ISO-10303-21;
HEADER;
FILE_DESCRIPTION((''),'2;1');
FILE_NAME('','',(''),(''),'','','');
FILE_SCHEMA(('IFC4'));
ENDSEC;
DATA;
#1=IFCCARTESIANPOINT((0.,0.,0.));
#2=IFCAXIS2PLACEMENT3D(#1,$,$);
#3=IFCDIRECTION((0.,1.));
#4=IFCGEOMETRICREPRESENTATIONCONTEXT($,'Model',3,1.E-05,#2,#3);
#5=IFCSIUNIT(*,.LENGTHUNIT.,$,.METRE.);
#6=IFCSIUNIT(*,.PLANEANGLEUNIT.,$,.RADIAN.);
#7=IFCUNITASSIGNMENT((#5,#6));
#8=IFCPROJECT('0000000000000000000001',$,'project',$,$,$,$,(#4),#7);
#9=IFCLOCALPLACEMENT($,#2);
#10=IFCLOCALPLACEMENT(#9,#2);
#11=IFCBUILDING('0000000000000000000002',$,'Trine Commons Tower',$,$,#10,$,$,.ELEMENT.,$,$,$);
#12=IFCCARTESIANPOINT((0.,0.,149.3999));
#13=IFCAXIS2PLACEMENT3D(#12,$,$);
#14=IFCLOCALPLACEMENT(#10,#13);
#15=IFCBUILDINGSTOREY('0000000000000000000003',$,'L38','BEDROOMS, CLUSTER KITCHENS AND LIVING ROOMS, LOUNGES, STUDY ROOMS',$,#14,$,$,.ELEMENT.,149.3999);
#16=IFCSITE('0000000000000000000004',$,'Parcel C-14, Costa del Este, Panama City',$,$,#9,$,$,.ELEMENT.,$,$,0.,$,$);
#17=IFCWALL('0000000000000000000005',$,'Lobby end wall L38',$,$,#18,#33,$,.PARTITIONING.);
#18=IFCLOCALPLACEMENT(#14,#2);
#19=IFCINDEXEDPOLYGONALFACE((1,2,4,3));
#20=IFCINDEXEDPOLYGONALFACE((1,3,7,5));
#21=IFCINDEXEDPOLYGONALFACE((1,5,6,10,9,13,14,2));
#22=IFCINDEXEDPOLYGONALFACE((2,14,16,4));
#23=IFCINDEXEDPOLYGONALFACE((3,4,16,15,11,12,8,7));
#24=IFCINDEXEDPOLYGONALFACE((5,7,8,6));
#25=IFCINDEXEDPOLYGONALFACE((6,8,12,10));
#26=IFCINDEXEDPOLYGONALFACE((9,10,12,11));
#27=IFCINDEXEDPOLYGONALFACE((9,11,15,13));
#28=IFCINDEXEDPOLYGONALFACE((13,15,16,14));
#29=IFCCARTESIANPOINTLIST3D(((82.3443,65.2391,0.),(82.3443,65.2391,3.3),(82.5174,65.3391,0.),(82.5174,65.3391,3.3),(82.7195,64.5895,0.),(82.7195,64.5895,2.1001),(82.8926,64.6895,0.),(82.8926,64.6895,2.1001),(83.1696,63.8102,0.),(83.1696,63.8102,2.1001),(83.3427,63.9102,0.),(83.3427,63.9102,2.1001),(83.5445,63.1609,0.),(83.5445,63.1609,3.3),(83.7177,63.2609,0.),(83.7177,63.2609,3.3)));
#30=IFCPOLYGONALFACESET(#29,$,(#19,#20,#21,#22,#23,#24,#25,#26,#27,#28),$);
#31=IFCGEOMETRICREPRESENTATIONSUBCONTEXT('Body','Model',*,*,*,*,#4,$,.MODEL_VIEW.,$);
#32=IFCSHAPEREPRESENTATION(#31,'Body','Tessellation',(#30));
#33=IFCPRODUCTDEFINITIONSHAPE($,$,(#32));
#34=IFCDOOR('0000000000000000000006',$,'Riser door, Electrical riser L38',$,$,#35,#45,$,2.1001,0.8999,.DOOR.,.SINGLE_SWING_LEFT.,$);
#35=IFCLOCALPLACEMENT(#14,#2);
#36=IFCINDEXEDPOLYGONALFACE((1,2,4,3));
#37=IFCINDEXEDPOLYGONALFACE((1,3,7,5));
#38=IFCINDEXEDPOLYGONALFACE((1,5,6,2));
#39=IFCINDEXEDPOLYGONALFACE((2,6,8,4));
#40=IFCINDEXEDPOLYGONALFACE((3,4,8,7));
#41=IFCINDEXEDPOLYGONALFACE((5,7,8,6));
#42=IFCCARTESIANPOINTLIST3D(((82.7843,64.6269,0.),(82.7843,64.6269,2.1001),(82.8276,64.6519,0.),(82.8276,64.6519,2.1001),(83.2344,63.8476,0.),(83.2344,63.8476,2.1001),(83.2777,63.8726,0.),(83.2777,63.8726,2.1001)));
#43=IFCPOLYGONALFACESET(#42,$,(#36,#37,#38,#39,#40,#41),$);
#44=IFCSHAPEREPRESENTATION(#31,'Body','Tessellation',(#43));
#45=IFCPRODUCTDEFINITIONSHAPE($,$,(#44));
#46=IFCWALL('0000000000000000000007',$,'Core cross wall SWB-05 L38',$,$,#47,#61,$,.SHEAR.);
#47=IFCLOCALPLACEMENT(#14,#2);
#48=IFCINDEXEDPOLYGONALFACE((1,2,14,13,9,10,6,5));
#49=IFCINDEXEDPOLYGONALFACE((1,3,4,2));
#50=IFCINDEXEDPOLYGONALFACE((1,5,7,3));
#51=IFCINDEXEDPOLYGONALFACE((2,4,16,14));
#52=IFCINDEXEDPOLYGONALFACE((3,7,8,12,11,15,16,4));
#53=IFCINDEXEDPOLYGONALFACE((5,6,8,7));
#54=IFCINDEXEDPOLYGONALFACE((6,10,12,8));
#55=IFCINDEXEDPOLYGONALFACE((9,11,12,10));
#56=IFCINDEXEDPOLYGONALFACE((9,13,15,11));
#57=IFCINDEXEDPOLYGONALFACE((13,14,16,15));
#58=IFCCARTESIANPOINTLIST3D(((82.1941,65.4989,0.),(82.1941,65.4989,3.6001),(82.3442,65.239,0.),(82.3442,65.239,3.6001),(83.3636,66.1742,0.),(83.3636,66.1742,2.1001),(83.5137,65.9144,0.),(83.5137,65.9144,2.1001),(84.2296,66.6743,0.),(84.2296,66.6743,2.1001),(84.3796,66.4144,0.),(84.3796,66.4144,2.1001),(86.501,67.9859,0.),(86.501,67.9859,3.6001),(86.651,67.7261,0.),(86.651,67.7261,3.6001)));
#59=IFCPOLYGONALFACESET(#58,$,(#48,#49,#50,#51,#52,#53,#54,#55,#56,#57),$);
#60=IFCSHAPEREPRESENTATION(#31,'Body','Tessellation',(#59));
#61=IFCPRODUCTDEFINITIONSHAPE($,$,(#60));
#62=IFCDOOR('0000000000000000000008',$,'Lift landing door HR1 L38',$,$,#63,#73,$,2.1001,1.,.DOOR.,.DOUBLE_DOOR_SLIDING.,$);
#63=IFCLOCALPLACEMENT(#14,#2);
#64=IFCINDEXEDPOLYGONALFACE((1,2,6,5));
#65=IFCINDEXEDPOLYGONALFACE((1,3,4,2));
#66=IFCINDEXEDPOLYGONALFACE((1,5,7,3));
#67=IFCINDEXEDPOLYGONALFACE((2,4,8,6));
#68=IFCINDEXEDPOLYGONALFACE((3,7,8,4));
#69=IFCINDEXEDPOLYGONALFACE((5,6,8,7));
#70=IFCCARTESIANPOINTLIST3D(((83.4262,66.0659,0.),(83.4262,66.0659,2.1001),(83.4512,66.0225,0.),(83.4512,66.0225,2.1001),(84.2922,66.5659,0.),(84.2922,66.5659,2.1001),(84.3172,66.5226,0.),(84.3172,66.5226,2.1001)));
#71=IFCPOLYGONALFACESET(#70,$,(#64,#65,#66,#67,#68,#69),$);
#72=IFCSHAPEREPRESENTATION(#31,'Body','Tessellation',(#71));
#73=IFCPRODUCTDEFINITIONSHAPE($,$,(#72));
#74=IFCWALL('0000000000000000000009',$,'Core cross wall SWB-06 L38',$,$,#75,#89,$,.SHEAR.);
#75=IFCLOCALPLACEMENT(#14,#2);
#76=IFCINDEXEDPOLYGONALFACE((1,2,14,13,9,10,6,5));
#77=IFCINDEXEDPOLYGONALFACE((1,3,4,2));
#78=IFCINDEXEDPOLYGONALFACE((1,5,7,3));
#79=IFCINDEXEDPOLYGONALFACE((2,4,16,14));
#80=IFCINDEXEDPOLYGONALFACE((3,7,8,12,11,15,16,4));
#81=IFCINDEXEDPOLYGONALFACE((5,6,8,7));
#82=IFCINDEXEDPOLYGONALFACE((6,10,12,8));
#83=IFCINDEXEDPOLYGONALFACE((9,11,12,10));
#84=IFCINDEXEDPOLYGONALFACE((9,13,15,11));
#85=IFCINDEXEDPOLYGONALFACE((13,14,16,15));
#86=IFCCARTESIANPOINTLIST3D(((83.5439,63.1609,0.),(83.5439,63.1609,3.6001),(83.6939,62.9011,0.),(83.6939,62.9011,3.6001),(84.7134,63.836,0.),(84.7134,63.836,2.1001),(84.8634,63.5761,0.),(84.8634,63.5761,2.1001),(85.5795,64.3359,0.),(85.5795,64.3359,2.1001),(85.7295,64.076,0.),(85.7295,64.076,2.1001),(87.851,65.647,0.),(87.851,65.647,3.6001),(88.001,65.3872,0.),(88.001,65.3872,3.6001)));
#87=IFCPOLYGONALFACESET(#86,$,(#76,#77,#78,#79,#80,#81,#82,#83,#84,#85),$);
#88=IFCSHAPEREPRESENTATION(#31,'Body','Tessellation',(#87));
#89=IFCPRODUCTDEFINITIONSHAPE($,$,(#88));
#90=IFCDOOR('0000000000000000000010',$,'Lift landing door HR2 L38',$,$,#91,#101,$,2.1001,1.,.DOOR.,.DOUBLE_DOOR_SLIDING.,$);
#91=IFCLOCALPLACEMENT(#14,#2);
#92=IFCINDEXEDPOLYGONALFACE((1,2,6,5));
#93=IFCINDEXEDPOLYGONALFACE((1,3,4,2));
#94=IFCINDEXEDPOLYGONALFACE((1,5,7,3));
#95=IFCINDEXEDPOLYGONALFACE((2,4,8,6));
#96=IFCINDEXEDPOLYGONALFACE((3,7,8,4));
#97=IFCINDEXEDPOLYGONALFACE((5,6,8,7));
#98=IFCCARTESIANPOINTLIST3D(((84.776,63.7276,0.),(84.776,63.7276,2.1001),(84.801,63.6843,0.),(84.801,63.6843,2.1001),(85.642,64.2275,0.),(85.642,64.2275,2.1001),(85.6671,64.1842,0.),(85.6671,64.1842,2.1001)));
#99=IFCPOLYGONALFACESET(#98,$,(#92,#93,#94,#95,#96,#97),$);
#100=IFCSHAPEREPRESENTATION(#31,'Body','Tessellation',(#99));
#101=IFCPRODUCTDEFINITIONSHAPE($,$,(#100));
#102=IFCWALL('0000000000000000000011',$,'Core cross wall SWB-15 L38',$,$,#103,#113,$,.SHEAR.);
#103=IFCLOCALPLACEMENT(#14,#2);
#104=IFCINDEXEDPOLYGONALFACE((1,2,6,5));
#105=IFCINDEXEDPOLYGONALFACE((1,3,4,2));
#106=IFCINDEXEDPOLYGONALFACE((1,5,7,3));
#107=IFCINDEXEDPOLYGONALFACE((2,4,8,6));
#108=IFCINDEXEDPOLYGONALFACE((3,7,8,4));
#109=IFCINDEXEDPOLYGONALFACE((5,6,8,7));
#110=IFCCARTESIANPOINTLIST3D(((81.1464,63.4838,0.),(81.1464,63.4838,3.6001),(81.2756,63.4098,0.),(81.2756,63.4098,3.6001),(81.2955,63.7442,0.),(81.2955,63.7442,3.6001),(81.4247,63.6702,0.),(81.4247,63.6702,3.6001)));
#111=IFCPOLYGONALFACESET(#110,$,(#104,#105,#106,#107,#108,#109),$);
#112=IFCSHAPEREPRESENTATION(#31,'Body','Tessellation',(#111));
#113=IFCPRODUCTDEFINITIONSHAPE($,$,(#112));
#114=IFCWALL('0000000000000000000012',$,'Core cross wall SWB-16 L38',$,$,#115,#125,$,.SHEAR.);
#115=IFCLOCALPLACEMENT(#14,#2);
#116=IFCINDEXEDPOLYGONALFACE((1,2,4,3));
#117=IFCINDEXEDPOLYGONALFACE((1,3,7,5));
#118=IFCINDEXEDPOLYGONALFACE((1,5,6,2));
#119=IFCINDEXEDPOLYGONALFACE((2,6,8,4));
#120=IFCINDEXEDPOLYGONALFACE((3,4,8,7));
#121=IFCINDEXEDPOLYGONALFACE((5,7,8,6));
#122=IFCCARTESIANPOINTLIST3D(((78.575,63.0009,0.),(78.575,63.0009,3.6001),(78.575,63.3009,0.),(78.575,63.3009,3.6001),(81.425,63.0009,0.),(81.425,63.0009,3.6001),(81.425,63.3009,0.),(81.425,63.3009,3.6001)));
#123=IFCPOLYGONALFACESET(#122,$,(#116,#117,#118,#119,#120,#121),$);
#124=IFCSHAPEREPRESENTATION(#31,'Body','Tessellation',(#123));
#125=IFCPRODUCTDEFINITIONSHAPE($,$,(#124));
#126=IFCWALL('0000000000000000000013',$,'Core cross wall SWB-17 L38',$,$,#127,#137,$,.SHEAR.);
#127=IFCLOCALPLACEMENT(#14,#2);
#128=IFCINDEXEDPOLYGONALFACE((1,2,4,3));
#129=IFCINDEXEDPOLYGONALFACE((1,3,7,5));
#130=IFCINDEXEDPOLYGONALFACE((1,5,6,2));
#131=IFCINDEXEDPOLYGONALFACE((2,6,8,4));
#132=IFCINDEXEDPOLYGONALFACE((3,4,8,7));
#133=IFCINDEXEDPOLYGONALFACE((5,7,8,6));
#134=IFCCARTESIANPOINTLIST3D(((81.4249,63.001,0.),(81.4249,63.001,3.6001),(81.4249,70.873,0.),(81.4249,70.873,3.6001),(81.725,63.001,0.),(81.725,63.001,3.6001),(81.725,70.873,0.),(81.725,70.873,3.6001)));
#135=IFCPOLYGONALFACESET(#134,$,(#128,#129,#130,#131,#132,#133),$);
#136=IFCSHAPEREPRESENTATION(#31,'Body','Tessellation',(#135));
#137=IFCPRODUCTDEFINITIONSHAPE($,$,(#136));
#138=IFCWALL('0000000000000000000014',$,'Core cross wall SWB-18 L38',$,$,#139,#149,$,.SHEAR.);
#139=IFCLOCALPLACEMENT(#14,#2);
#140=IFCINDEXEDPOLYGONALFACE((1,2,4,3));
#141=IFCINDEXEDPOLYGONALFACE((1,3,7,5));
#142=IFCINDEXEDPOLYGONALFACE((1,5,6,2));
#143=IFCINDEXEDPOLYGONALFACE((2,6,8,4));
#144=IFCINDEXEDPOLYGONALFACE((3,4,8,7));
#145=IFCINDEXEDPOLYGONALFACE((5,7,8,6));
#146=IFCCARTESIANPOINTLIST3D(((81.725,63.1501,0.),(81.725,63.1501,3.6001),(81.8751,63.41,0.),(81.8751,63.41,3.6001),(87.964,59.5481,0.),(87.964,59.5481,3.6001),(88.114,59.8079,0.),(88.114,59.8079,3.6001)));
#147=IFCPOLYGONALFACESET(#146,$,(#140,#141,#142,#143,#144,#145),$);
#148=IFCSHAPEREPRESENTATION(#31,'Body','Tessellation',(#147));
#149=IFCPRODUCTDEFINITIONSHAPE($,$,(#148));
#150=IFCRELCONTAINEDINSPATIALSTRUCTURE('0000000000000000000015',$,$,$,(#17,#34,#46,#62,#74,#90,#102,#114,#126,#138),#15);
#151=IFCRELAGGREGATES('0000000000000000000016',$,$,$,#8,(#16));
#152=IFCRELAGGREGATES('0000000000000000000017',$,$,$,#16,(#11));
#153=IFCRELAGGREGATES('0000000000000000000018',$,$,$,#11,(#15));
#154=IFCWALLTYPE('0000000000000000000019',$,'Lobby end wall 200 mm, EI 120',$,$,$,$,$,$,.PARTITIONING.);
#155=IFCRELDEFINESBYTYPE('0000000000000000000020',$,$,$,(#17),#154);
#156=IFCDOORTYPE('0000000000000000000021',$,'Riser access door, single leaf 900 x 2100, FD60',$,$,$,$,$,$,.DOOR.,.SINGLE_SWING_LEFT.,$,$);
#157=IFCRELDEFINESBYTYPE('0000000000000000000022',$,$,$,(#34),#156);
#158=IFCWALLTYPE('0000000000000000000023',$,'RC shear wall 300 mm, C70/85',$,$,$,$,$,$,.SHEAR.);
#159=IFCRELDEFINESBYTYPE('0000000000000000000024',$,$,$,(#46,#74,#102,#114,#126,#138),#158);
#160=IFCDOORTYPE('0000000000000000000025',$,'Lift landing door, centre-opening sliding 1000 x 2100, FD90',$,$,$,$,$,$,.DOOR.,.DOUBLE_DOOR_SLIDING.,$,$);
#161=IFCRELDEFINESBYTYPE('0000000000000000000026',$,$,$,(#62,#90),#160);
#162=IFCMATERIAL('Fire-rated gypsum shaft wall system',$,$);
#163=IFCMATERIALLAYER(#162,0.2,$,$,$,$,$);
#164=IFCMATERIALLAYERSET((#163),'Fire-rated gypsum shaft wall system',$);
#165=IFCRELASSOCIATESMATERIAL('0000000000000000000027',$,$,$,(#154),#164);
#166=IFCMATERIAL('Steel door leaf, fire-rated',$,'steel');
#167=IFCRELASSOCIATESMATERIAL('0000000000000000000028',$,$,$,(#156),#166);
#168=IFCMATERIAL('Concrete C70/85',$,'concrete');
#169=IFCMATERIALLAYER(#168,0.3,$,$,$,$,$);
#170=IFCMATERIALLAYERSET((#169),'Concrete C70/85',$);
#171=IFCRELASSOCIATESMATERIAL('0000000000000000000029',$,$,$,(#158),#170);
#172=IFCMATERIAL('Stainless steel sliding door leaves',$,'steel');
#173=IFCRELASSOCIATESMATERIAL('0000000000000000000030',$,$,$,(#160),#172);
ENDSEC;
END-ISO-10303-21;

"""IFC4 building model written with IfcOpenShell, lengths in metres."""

from ifc_helpers import new_model, si_unit, direction, frame, frame_2d, origin, place, context, subcontext, project, spatial, rectangle, extrude, material, layer, layer_set, type_object, element, fill, save


model = new_model("IFC4")

# Units and contexts
model_context = context("Model", 3, precision=1e-05, world=origin(), true_north=direction((0.0, 1.0)))
body_context = subcontext(model_context, "Body", "Model", "MODEL_VIEW")
ifc_project = project(units=[si_unit("LENGTHUNIT", "METRE"), si_unit("PLANEANGLEUNIT", "RADIAN")], contexts=[model_context])

# Site, building, storey
site_placement = place(None, origin())
site = spatial("IfcSite", under=ifc_project, at=site_placement, Name="Parcel C-14, Costa del Este, Panama City", CompositionType="ELEMENT", RefElevation=0.0)
building_placement = place(site_placement, origin())
building = spatial("IfcBuilding", under=site, at=building_placement, Name="Trine Commons Tower", CompositionType="ELEMENT")
storey_placement = place(building_placement, frame((0.0, 0.0, 149.3999)))
storey = spatial("IfcBuildingStorey", under=building, at=storey_placement, Name="L38", Description="BEDROOMS, CLUSTER KITCHENS AND LIVING ROOMS, LOUNGES, STUDY ROOMS", CompositionType="ELEMENT", Elevation=149.3999)

# Walls, openings, doors
ifc_material_1 = material(Name="Fire-rated gypsum shaft wall system")
ifc_layer_1 = layer(ifc_material_1, 0.2)
ifc_layer_set_1 = layer_set([ifc_layer_1], Name="Fire-rated gypsum shaft wall system")
wall_type_1 = type_object("IfcWallType", Name="Lobby end wall 200 mm, EI 120", PredefinedType="PARTITIONING", material=ifc_layer_set_1)
wall_1_placement = place(storey_placement, frame((83.6311, 63.2109, 0.0), z_axis=(0.0, 0.0, 1.0), x_axis=(-0.500122, 0.865955, 0.0)))
wall_1 = element("IfcWall", 1, at=wall_1_placement, inside=storey, type_object=wall_type_1, Name="Lobby end wall L38", PredefinedType="PARTITIONING", context=body_context, shape_type="SweptSolid", body=[
    extrude(rectangle(XDim=2.3999, YDim=0.2, at=frame_2d((1.2, 0.0))), origin(), (0.0, 0.0, 1.0), 3.3),
])
opening_1_placement = place(wall_1_placement, frame((0.7498, 0.0, 0.0)))
opening_1 = element("IfcOpeningElement", 2, at=opening_1_placement, cuts=wall_1, PredefinedType="OPENING", context=body_context, shape_type="SweptSolid", body=[
    extrude(rectangle(XDim=0.8999, YDim=2.1001, at=frame_2d((0.45, 1.05))), frame((0.0, 0.1099, 0.0), z_axis=(0.0, -1.0, 0.0), x_axis=(1.0, 0.0, 0.0)), (0.0, 0.0, 1.0), 0.22),
])
ifc_material_2 = material(Name="Steel door leaf, fire-rated", Category="steel")
door_type_1 = type_object("IfcDoorType", Name="Riser access door, single leaf 900 x 2100, FD60", OperationType="SINGLE_SWING_LEFT", PredefinedType="DOOR", material=ifc_material_2)
door_1_placement = place(opening_1_placement, frame((0.8999, 0.0, 0.0), z_axis=(0.0, 0.0, 1.0), x_axis=(-1.0, 0.0, 0.0)))
door_1 = element("IfcDoor", 3, at=door_1_placement, inside=storey, type_object=door_type_1, Name="Riser door, Electrical riser L38", OperationType="SINGLE_SWING_LEFT", OverallHeight=2.1001, OverallWidth=0.8999, PredefinedType="DOOR", context=body_context, shape_type="SweptSolid", body=[
    extrude(rectangle(XDim=0.8999, YDim=2.1001, at=frame_2d((0.45, 1.05))), frame((0.0, 0.0249, 0.0), z_axis=(0.0, -1.0, 0.0), x_axis=(1.0, 0.0, 0.0)), (0.0, 0.0, 1.0), 0.05),
])
fill(opening_1, door_1)
ifc_material_3 = material(Name="Concrete C70/85", Category="concrete")
ifc_layer_2 = layer(ifc_material_3, 0.3)
ifc_layer_set_2 = layer_set([ifc_layer_2], Name="Concrete C70/85")
wall_type_2 = type_object("IfcWallType", Name="RC shear wall 300 mm, C70/85", PredefinedType="SHEAR", material=ifc_layer_set_2)
wall_2_placement = place(storey_placement, frame((82.269, 65.3689, 0.0), z_axis=(0.0, 0.0, 1.0), x_axis=(0.865984, 0.500072, 0.0)))
wall_2 = element("IfcWall", 4, at=wall_2_placement, inside=storey, type_object=wall_type_2, Name="Core cross wall SWB-05 L38", PredefinedType="SHEAR", context=body_context, shape_type="SweptSolid", body=[
    extrude(rectangle(XDim=4.9734, YDim=0.3, at=frame_2d((2.4868, 0.0))), origin(), (0.0, 0.0, 1.0), 3.6001),
])
opening_2_placement = place(wall_2_placement, frame((1.3506, 0.0, 0.0)))
opening_2 = element("IfcOpeningElement", 5, at=opening_2_placement, cuts=wall_2, PredefinedType="OPENING", context=body_context, shape_type="SweptSolid", body=[
    extrude(rectangle(XDim=1.0, YDim=2.1001, at=frame_2d((0.5, 1.05))), frame((0.0, 0.1599, 0.0), z_axis=(0.0, -1.0, 0.0), x_axis=(1.0, 0.0, 0.0)), (0.0, 0.0, 1.0), 0.3201),
])
ifc_material_4 = material(Name="Stainless steel sliding door leaves", Category="steel")
door_type_2 = type_object("IfcDoorType", Name="Lift landing door, centre-opening sliding 1000 x 2100, FD90", OperationType="DOUBLE_DOOR_SLIDING", PredefinedType="DOOR", material=ifc_material_4)
door_2_placement = place(opening_2_placement, origin())
door_2 = element("IfcDoor", 6, at=door_2_placement, inside=storey, type_object=door_type_2, Name="Lift landing door HR1 L38", OperationType="DOUBLE_DOOR_SLIDING", OverallHeight=2.1001, OverallWidth=1.0, PredefinedType="DOOR", context=body_context, shape_type="SweptSolid", body=[
    extrude(rectangle(XDim=1.0, YDim=2.1001, at=frame_2d((0.5, 1.05))), frame((0.0, 0.0249, 0.0), z_axis=(0.0, -1.0, 0.0), x_axis=(1.0, 0.0, 0.0)), (0.0, 0.0, 1.0), 0.05),
])
fill(opening_2, door_2)
wall_3_placement = place(storey_placement, frame((83.6189, 63.031, 0.0), z_axis=(0.0, 0.0, 1.0), x_axis=(0.866081, 0.499904, 0.0)))
wall_3 = element("IfcWall", 7, at=wall_3_placement, inside=storey, type_object=wall_type_2, Name="Core cross wall SWB-06 L38", PredefinedType="SHEAR", context=body_context, shape_type="SweptSolid", body=[
    extrude(rectangle(XDim=4.9731, YDim=0.3, at=frame_2d((2.4866, 0.0))), origin(), (0.0, 0.0, 1.0), 3.6001),
])
opening_3_placement = place(wall_3_placement, frame((1.3503, 0.0, 0.0)))
opening_3 = element("IfcOpeningElement", 8, at=opening_3_placement, cuts=wall_3, PredefinedType="OPENING", context=body_context, shape_type="SweptSolid", body=[
    extrude(rectangle(XDim=1.0, YDim=2.1001, at=frame_2d((0.5, 1.05))), frame((0.0, 0.1599, 0.0), z_axis=(0.0, -1.0, 0.0), x_axis=(1.0, 0.0, 0.0)), (0.0, 0.0, 1.0), 0.3201),
])
door_3_placement = place(opening_3_placement, origin())
door_3 = element("IfcDoor", 9, at=door_3_placement, inside=storey, type_object=door_type_2, Name="Lift landing door HR2 L38", OperationType="DOUBLE_DOOR_SLIDING", OverallHeight=2.1001, OverallWidth=1.0, PredefinedType="DOOR", context=body_context, shape_type="SweptSolid", body=[
    extrude(rectangle(XDim=1.0, YDim=2.1001, at=frame_2d((0.5, 1.05))), frame((0.0, 0.0249, 0.0), z_axis=(0.0, -1.0, 0.0), x_axis=(1.0, 0.0, 0.0)), (0.0, 0.0, 1.0), 0.05),
])
fill(opening_3, door_3)

# Walls
wall_4_placement = place(storey_placement, frame((81.2209, 63.614, 0.0), z_axis=(0.0, 0.0, 1.0), x_axis=(0.867738, -0.497022, 0.0)))
element("IfcWall", 10, at=wall_4_placement, inside=storey, type_object=wall_type_2, Name="Core cross wall SWB-15 L38", PredefinedType="SHEAR", context=body_context, shape_type="SweptSolid", body=[
    extrude(rectangle(XDim=0.1489, YDim=0.3, at=frame_2d((0.0745, 0.0))), origin(), (0.0, 0.0, 1.0), 3.6001),
])
wall_5_placement = place(storey_placement, frame((81.425, 63.1509, 0.0), z_axis=(0.0, 0.0, 1.0), x_axis=(-1.0, 0.0, 0.0)))
element("IfcWall", 11, at=wall_5_placement, inside=storey, type_object=wall_type_2, Name="Core cross wall SWB-16 L38", PredefinedType="SHEAR", context=body_context, shape_type="SweptSolid", body=[
    extrude(rectangle(XDim=2.8501, YDim=0.3, at=frame_2d((1.425, 0.0))), origin(), (0.0, 0.0, 1.0), 3.6001),
])
wall_6_placement = place(storey_placement, frame((81.575, 63.001, 0.0), z_axis=(0.0, 0.0, 1.0), x_axis=(0.0, 1.0, 0.0)))
element("IfcWall", 12, at=wall_6_placement, inside=storey, type_object=wall_type_2, Name="Core cross wall SWB-17 L38", PredefinedType="SHEAR", context=body_context, shape_type="SweptSolid", body=[
    extrude(rectangle(XDim=7.8721, YDim=0.3, at=frame_2d((3.936, 0.0))), origin(), (0.0, 0.0, 1.0), 3.6001),
])
wall_7_placement = place(storey_placement, frame((81.8, 63.28, 0.0), z_axis=(0.0, 0.0, 1.0), x_axis=(0.866028, -0.499995, 0.0)))
element("IfcWall", 13, at=wall_7_placement, inside=storey, type_object=wall_type_2, Name="Core cross wall SWB-18 L38", PredefinedType="SHEAR", context=body_context, shape_type="SweptSolid", body=[
    extrude(rectangle(XDim=7.2041, YDim=0.3, at=frame_2d((3.6021, 0.0))), origin(), (0.0, 0.0, 1.0), 3.6001),
])

save(model, "model.ifc")
